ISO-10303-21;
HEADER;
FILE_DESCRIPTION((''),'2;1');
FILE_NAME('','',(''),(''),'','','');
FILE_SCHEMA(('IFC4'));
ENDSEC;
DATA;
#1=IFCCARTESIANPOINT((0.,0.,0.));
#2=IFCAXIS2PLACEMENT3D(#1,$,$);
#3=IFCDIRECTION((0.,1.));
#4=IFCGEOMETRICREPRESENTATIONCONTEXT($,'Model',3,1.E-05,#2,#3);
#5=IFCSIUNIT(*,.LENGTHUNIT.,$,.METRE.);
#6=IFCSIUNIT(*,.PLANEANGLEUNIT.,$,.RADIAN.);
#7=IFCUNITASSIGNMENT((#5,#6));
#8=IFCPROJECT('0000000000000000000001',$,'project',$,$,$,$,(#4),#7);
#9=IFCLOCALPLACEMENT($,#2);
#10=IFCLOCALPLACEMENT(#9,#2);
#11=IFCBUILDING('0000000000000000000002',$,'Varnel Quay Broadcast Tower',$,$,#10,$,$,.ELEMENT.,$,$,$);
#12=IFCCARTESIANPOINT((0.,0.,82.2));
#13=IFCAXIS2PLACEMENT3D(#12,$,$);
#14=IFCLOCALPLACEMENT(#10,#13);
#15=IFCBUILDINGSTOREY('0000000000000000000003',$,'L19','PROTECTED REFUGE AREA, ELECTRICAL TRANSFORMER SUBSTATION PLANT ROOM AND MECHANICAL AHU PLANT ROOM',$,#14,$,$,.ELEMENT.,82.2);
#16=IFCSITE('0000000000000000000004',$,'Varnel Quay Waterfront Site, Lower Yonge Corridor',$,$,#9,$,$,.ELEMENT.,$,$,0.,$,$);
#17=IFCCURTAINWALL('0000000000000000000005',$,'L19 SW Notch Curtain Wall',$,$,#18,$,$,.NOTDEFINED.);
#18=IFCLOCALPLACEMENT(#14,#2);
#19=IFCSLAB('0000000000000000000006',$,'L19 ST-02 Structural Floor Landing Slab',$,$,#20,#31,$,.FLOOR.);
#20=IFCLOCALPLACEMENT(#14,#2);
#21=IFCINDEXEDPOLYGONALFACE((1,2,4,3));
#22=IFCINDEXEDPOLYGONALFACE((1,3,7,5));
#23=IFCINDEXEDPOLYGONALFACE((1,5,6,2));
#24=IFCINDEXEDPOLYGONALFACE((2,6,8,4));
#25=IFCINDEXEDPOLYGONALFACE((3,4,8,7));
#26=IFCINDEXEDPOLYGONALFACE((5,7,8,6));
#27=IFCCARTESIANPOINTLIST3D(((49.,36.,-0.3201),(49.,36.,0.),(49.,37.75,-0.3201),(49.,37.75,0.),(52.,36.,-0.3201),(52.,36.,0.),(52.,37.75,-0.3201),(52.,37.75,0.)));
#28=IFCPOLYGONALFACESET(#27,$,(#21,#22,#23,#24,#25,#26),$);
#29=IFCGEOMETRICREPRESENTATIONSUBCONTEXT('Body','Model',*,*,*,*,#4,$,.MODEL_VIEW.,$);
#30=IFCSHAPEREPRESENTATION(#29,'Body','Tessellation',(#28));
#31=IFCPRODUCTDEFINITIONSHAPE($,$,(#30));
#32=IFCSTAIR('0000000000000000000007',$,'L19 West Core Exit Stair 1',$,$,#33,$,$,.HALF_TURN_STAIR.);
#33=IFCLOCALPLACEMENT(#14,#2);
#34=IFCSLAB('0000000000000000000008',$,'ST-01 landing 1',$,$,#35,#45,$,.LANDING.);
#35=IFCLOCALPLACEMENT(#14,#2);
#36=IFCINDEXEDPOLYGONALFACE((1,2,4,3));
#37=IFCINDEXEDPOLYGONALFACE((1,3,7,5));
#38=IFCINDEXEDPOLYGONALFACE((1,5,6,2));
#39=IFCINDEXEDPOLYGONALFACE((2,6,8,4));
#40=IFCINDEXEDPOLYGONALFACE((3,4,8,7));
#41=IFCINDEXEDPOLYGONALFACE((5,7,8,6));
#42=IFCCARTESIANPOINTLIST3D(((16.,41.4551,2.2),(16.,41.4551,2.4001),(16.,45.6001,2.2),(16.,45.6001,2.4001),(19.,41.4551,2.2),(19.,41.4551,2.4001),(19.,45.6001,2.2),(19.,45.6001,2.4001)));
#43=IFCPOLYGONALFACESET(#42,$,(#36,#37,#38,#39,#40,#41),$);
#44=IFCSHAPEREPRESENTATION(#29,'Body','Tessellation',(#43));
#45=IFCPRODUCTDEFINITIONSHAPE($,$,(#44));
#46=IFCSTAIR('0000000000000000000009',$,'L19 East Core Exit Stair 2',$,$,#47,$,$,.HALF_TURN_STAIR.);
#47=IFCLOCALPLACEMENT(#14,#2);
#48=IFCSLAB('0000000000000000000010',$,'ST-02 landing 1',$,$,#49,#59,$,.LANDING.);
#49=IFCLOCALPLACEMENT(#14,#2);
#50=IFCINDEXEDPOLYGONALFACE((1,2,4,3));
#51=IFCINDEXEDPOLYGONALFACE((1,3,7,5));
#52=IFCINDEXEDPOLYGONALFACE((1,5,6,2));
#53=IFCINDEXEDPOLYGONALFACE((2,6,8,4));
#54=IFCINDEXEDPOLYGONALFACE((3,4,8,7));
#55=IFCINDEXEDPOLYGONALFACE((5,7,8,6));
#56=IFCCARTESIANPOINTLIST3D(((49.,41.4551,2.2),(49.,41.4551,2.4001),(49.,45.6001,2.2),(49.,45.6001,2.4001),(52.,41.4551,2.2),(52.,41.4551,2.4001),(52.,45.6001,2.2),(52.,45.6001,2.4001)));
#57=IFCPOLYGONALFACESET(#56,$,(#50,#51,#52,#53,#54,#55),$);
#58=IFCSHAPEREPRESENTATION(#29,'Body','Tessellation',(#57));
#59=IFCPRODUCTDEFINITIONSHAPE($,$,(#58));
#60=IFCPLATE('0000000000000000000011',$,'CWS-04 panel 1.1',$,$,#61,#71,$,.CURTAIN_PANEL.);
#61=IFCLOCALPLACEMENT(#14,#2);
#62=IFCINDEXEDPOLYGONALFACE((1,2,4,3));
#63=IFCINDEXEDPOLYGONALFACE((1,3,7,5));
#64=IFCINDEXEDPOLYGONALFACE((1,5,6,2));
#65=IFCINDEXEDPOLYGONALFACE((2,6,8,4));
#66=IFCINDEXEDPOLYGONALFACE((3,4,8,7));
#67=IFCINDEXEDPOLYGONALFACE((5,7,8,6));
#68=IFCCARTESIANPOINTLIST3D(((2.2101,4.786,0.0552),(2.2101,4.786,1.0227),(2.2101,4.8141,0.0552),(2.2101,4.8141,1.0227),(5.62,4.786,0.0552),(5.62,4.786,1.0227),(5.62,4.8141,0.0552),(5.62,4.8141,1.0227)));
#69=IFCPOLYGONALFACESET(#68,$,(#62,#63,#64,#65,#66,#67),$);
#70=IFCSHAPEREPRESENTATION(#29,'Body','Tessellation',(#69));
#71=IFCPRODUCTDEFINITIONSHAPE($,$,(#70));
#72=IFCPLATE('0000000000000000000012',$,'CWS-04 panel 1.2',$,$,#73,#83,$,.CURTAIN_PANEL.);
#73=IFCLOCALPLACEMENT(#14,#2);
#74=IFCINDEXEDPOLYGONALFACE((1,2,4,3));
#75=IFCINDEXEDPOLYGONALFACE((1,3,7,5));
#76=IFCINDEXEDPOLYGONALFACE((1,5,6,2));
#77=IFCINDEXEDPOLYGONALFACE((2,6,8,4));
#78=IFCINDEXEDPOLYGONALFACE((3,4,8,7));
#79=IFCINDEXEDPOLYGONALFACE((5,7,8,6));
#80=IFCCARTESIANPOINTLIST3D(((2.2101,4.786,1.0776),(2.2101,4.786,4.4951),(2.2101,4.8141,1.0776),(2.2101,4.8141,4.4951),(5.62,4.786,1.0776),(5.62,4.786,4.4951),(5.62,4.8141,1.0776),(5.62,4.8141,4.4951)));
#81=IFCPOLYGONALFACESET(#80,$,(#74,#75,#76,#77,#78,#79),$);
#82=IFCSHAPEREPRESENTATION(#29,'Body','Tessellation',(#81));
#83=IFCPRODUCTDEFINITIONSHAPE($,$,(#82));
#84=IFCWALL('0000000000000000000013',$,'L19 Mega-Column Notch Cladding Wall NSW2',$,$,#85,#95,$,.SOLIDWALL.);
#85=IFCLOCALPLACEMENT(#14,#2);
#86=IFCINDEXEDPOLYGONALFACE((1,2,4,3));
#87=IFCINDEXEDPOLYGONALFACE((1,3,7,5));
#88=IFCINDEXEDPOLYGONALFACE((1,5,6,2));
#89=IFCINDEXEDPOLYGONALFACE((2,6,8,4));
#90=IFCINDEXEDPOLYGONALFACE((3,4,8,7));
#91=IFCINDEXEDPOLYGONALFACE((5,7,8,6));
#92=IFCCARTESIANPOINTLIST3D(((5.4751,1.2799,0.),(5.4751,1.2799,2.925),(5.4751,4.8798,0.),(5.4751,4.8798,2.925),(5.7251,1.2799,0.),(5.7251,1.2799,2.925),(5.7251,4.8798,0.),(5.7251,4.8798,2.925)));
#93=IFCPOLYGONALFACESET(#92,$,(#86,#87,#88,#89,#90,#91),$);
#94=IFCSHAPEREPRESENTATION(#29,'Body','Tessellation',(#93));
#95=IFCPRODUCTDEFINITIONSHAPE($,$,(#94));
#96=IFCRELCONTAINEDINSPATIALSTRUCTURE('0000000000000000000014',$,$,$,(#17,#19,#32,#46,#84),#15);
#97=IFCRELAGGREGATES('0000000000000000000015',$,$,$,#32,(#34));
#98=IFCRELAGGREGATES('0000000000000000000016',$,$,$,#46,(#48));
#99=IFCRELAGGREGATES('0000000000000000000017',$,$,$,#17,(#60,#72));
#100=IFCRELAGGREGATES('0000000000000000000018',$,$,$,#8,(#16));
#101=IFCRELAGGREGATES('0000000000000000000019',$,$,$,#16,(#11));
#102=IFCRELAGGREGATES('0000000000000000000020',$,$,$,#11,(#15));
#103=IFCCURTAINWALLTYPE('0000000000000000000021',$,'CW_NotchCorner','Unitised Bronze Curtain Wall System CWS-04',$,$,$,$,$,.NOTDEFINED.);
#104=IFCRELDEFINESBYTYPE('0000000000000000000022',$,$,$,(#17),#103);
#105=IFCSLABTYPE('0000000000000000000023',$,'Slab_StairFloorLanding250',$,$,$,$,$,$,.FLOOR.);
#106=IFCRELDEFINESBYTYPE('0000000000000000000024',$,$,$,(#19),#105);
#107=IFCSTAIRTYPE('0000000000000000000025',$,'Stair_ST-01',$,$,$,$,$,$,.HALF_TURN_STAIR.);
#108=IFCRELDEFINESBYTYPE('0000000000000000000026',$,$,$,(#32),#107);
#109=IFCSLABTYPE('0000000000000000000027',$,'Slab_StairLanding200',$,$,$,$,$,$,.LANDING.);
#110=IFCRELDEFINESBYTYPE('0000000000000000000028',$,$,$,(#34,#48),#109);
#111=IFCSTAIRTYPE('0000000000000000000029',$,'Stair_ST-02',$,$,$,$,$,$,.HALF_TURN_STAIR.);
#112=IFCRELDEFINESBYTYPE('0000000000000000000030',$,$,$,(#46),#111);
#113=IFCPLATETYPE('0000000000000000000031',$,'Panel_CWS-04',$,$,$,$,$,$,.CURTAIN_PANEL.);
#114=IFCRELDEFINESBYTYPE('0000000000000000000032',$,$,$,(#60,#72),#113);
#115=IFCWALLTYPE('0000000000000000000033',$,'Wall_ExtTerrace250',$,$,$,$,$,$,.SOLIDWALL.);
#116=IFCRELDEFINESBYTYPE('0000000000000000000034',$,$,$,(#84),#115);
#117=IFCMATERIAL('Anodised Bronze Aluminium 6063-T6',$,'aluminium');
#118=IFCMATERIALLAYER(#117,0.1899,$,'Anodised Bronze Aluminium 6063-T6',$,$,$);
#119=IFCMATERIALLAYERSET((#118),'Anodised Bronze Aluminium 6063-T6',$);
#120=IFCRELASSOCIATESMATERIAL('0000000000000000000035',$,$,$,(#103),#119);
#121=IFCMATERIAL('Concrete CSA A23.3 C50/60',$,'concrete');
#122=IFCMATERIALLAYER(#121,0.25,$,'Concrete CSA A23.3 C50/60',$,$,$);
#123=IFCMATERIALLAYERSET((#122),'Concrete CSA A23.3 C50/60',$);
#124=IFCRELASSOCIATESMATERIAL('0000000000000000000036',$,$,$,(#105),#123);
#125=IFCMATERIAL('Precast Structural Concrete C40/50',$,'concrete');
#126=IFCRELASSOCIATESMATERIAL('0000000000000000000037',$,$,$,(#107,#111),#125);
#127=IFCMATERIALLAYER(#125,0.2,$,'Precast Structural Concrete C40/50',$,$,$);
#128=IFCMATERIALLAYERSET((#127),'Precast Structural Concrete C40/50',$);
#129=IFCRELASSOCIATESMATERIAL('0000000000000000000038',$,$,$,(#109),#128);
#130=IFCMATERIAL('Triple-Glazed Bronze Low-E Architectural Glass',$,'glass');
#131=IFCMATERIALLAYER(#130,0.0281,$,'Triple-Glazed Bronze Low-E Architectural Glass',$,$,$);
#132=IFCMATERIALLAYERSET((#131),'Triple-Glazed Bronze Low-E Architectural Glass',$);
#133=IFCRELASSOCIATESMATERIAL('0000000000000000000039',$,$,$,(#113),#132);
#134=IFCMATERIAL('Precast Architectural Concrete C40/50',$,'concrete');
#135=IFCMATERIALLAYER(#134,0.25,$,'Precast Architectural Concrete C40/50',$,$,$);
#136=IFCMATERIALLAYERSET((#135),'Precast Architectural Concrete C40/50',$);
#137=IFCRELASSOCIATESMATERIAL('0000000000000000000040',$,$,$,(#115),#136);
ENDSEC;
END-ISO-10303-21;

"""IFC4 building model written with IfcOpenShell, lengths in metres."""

from ifc_helpers import new_model, si_unit, direction, frame, frame_2d, origin, origin_2d, place, context, subcontext, project, spatial, polyline, rectangle, outline, extrude, source, transform, mapped, material, layer, layer_set, type_object, type_shapes, element, aggregate, save


model = new_model("IFC4")

# Units and contexts
model_context = context("Model", 3, precision=1e-05, world=origin(), true_north=direction((0.0, 1.0)))
body_context = subcontext(model_context, "Body", "Model", "MODEL_VIEW")
ifc_project = project(units=[si_unit("LENGTHUNIT", "METRE"), si_unit("PLANEANGLEUNIT", "RADIAN")], contexts=[model_context])

# Site, building, storey
site_placement = place(None, origin())
site = spatial("IfcSite", under=ifc_project, at=site_placement, Name="Varnel Quay Waterfront Site, Lower Yonge Corridor", CompositionType="ELEMENT", RefElevation=0.0)
building_placement = place(site_placement, origin())
building = spatial("IfcBuilding", under=site, at=building_placement, Name="Varnel Quay Broadcast Tower", CompositionType="ELEMENT")
storey_placement = place(building_placement, frame((0.0, 0.0, 82.2)))
storey = spatial("IfcBuildingStorey", under=building, at=storey_placement, Name="L19", Description="PROTECTED REFUGE AREA, ELECTRICAL TRANSFORMER SUBSTATION PLANT ROOM AND MECHANICAL AHU PLANT ROOM", CompositionType="ELEMENT", Elevation=82.2)

# Shared definitions
ifc_material_1 = material(Name="Anodised Bronze Aluminium 6063-T6", Category="aluminium")

# Curtain wall
ifc_layer_1 = layer(ifc_material_1, 0.1899, Name="Anodised Bronze Aluminium 6063-T6")
ifc_layer_set_1 = layer_set([ifc_layer_1], Name="Anodised Bronze Aluminium 6063-T6")
curtain_wall_type_1 = type_object("IfcCurtainWallType", Name="CW_NotchCorner", Description="Unitised Bronze Curtain Wall System CWS-04", PredefinedType="NOTDEFINED", material=ifc_layer_set_1)
curtain_wall_1_placement = place(storey_placement, origin())
curtain_wall_1 = element("IfcCurtainWall", 1, at=curtain_wall_1_placement, inside=storey, type_object=curtain_wall_type_1, Name="L19 SW Notch Curtain Wall", PredefinedType="NOTDEFINED")

# Slab
ifc_material_2 = material(Name="Concrete CSA A23.3 C50/60", Category="concrete")
ifc_layer_2 = layer(ifc_material_2, 0.25, Name="Concrete CSA A23.3 C50/60")
ifc_layer_set_2 = layer_set([ifc_layer_2], Name="Concrete CSA A23.3 C50/60")
slab_type_1 = type_object("IfcSlabType", Name="Slab_StairFloorLanding250", PredefinedType="FLOOR", material=ifc_layer_set_2)
slab_1_placement = place(storey_placement, frame((0.0, 0.0, -0.3201)))
element("IfcSlab", 2, at=slab_1_placement, inside=storey, type_object=slab_type_1, Name="L19 ST-02 Structural Floor Landing Slab", PredefinedType="FLOOR", context=body_context, shape_type="SweptSolid", body=[
    extrude(outline(polyline([(52.0, 36.0), (52.0, 37.75), (49.0, 37.75), (49.0, 36.0), (52.0, 36.0)])), origin(), (0.0, 0.0, 1.0), 0.3201),
])

# Stairs, slabs
ifc_material_3 = material(Name="Precast Structural Concrete C40/50", Category="concrete")
stair_type_1 = type_object("IfcStairType", Name="Stair_ST-01", PredefinedType="HALF_TURN_STAIR", material=ifc_material_3)
stair_1_placement = place(storey_placement, origin())
stair_1 = element("IfcStair", 3, at=stair_1_placement, inside=storey, type_object=stair_type_1, Name="L19 West Core Exit Stair 1", PredefinedType="HALF_TURN_STAIR")
ifc_layer_3 = layer(ifc_material_3, 0.2, Name="Precast Structural Concrete C40/50")
ifc_layer_set_3 = layer_set([ifc_layer_3], Name="Precast Structural Concrete C40/50")
slab_type_2 = type_object("IfcSlabType", Name="Slab_StairLanding200", PredefinedType="LANDING", material=ifc_layer_set_3)
slab_2_placement = place(storey_placement, frame((0.0, 0.0, 2.2)))
slab_2 = element("IfcSlab", 4, at=slab_2_placement, type_object=slab_type_2, Name="ST-01 landing 1", PredefinedType="LANDING", context=body_context, shape_type="SweptSolid", body=[
    extrude(outline(polyline([(19.0, 41.4551), (19.0, 45.6001), (16.0, 45.6001), (16.0, 41.4551), (19.0, 41.4551)])), origin(), (0.0, 0.0, 1.0), 0.2002),
])
aggregate(stair_1, [slab_2])
stair_type_2 = type_object("IfcStairType", Name="Stair_ST-02", PredefinedType="HALF_TURN_STAIR", material=ifc_material_3)
stair_2_placement = place(storey_placement, origin())
stair_2 = element("IfcStair", 5, at=stair_2_placement, inside=storey, type_object=stair_type_2, Name="L19 East Core Exit Stair 2", PredefinedType="HALF_TURN_STAIR")
slab_3_placement = place(storey_placement, frame((0.0, 0.0, 2.2)))
slab_3 = element("IfcSlab", 6, at=slab_3_placement, type_object=slab_type_2, Name="ST-02 landing 1", PredefinedType="LANDING", context=body_context, shape_type="SweptSolid", body=[
    extrude(outline(polyline([(52.0, 41.4551), (52.0, 45.6001), (49.0, 45.6001), (49.0, 41.4551), (52.0, 41.4551)])), origin(), (0.0, 0.0, 1.0), 0.2002),
])
aggregate(stair_2, [slab_3])

# Plates
ifc_material_4 = material(Name="Triple-Glazed Bronze Low-E Architectural Glass", Category="glass")
ifc_layer_4 = layer(ifc_material_4, 0.0281, Name="Triple-Glazed Bronze Low-E Architectural Glass")
ifc_layer_set_4 = layer_set([ifc_layer_4], Name="Triple-Glazed Bronze Low-E Architectural Glass")
plate_type = type_object("IfcPlateType", Name="Panel_CWS-04", PredefinedType="CURTAIN_PANEL", material=ifc_layer_set_4)
shared_shape_1 = source(origin(), body_context, "Body", "SweptSolid", [
    extrude(rectangle(XDim=3.4099, YDim=0.0281, at=origin_2d()), origin(), (0.0, 0.0, 1.0), 0.9675),
])
plate_1_placement = place(storey_placement, frame((3.915, 4.8, 0.0552), z_axis=(0.0, 0.0, 1.0), x_axis=(1.0, 0.0, 0.0)))
plate_1 = element("IfcPlate", 7, at=plate_1_placement, type_object=plate_type, Name="CWS-04 panel 1.1", PredefinedType="CURTAIN_PANEL", context=body_context, shape_type="MappedRepresentation", body=[
    mapped(shared_shape_1, transform((0.0, 0.0, 0.0), x_axis=(1.0, 0.0, 0.0), y_axis=(0.0, 1.0, 0.0), z_axis=(0.0, 0.0, 1.0), scale=1.0)),
])
shared_shape_2 = source(origin(), body_context, "Body", "SweptSolid", [
    extrude(rectangle(XDim=3.4099, YDim=0.0281, at=origin_2d()), origin(), (0.0, 0.0, 1.0), 3.4175),
])
type_shapes(plate_type, [shared_shape_1, shared_shape_2])
plate_2_placement = place(storey_placement, frame((3.915, 4.8, 1.0776), z_axis=(0.0, 0.0, 1.0), x_axis=(1.0, 0.0, 0.0)))
plate_2 = element("IfcPlate", 8, at=plate_2_placement, type_object=plate_type, Name="CWS-04 panel 1.2", PredefinedType="CURTAIN_PANEL", context=body_context, shape_type="MappedRepresentation", body=[
    mapped(shared_shape_2, transform((0.0, 0.0, 0.0), x_axis=(1.0, 0.0, 0.0), y_axis=(0.0, 1.0, 0.0), z_axis=(0.0, 0.0, 1.0), scale=1.0)),
])
aggregate(curtain_wall_1, [plate_1, plate_2])

# Wall
ifc_material_5 = material(Name="Precast Architectural Concrete C40/50", Category="concrete")
ifc_layer_5 = layer(ifc_material_5, 0.25, Name="Precast Architectural Concrete C40/50")
ifc_layer_set_5 = layer_set([ifc_layer_5], Name="Precast Architectural Concrete C40/50")
wall_type = type_object("IfcWallType", Name="Wall_ExtTerrace250", PredefinedType="SOLIDWALL", material=ifc_layer_set_5)
wall_placement = place(storey_placement, frame((5.6001, 1.28, 0.0), z_axis=(0.0, 0.0, 1.0), x_axis=(0.0, 1.0, 0.0)))
element("IfcWall", 9, at=wall_placement, inside=storey, type_object=wall_type, Name="L19 Mega-Column Notch Cladding Wall NSW2", PredefinedType="SOLIDWALL", context=body_context, shape_type="SweptSolid", body=[
    extrude(rectangle(XDim=3.5999, YDim=0.25, at=frame_2d((1.7998, 0.0))), origin(), (0.0, 0.0, 1.0), 2.925),
])

save(model, "model.ifc")
